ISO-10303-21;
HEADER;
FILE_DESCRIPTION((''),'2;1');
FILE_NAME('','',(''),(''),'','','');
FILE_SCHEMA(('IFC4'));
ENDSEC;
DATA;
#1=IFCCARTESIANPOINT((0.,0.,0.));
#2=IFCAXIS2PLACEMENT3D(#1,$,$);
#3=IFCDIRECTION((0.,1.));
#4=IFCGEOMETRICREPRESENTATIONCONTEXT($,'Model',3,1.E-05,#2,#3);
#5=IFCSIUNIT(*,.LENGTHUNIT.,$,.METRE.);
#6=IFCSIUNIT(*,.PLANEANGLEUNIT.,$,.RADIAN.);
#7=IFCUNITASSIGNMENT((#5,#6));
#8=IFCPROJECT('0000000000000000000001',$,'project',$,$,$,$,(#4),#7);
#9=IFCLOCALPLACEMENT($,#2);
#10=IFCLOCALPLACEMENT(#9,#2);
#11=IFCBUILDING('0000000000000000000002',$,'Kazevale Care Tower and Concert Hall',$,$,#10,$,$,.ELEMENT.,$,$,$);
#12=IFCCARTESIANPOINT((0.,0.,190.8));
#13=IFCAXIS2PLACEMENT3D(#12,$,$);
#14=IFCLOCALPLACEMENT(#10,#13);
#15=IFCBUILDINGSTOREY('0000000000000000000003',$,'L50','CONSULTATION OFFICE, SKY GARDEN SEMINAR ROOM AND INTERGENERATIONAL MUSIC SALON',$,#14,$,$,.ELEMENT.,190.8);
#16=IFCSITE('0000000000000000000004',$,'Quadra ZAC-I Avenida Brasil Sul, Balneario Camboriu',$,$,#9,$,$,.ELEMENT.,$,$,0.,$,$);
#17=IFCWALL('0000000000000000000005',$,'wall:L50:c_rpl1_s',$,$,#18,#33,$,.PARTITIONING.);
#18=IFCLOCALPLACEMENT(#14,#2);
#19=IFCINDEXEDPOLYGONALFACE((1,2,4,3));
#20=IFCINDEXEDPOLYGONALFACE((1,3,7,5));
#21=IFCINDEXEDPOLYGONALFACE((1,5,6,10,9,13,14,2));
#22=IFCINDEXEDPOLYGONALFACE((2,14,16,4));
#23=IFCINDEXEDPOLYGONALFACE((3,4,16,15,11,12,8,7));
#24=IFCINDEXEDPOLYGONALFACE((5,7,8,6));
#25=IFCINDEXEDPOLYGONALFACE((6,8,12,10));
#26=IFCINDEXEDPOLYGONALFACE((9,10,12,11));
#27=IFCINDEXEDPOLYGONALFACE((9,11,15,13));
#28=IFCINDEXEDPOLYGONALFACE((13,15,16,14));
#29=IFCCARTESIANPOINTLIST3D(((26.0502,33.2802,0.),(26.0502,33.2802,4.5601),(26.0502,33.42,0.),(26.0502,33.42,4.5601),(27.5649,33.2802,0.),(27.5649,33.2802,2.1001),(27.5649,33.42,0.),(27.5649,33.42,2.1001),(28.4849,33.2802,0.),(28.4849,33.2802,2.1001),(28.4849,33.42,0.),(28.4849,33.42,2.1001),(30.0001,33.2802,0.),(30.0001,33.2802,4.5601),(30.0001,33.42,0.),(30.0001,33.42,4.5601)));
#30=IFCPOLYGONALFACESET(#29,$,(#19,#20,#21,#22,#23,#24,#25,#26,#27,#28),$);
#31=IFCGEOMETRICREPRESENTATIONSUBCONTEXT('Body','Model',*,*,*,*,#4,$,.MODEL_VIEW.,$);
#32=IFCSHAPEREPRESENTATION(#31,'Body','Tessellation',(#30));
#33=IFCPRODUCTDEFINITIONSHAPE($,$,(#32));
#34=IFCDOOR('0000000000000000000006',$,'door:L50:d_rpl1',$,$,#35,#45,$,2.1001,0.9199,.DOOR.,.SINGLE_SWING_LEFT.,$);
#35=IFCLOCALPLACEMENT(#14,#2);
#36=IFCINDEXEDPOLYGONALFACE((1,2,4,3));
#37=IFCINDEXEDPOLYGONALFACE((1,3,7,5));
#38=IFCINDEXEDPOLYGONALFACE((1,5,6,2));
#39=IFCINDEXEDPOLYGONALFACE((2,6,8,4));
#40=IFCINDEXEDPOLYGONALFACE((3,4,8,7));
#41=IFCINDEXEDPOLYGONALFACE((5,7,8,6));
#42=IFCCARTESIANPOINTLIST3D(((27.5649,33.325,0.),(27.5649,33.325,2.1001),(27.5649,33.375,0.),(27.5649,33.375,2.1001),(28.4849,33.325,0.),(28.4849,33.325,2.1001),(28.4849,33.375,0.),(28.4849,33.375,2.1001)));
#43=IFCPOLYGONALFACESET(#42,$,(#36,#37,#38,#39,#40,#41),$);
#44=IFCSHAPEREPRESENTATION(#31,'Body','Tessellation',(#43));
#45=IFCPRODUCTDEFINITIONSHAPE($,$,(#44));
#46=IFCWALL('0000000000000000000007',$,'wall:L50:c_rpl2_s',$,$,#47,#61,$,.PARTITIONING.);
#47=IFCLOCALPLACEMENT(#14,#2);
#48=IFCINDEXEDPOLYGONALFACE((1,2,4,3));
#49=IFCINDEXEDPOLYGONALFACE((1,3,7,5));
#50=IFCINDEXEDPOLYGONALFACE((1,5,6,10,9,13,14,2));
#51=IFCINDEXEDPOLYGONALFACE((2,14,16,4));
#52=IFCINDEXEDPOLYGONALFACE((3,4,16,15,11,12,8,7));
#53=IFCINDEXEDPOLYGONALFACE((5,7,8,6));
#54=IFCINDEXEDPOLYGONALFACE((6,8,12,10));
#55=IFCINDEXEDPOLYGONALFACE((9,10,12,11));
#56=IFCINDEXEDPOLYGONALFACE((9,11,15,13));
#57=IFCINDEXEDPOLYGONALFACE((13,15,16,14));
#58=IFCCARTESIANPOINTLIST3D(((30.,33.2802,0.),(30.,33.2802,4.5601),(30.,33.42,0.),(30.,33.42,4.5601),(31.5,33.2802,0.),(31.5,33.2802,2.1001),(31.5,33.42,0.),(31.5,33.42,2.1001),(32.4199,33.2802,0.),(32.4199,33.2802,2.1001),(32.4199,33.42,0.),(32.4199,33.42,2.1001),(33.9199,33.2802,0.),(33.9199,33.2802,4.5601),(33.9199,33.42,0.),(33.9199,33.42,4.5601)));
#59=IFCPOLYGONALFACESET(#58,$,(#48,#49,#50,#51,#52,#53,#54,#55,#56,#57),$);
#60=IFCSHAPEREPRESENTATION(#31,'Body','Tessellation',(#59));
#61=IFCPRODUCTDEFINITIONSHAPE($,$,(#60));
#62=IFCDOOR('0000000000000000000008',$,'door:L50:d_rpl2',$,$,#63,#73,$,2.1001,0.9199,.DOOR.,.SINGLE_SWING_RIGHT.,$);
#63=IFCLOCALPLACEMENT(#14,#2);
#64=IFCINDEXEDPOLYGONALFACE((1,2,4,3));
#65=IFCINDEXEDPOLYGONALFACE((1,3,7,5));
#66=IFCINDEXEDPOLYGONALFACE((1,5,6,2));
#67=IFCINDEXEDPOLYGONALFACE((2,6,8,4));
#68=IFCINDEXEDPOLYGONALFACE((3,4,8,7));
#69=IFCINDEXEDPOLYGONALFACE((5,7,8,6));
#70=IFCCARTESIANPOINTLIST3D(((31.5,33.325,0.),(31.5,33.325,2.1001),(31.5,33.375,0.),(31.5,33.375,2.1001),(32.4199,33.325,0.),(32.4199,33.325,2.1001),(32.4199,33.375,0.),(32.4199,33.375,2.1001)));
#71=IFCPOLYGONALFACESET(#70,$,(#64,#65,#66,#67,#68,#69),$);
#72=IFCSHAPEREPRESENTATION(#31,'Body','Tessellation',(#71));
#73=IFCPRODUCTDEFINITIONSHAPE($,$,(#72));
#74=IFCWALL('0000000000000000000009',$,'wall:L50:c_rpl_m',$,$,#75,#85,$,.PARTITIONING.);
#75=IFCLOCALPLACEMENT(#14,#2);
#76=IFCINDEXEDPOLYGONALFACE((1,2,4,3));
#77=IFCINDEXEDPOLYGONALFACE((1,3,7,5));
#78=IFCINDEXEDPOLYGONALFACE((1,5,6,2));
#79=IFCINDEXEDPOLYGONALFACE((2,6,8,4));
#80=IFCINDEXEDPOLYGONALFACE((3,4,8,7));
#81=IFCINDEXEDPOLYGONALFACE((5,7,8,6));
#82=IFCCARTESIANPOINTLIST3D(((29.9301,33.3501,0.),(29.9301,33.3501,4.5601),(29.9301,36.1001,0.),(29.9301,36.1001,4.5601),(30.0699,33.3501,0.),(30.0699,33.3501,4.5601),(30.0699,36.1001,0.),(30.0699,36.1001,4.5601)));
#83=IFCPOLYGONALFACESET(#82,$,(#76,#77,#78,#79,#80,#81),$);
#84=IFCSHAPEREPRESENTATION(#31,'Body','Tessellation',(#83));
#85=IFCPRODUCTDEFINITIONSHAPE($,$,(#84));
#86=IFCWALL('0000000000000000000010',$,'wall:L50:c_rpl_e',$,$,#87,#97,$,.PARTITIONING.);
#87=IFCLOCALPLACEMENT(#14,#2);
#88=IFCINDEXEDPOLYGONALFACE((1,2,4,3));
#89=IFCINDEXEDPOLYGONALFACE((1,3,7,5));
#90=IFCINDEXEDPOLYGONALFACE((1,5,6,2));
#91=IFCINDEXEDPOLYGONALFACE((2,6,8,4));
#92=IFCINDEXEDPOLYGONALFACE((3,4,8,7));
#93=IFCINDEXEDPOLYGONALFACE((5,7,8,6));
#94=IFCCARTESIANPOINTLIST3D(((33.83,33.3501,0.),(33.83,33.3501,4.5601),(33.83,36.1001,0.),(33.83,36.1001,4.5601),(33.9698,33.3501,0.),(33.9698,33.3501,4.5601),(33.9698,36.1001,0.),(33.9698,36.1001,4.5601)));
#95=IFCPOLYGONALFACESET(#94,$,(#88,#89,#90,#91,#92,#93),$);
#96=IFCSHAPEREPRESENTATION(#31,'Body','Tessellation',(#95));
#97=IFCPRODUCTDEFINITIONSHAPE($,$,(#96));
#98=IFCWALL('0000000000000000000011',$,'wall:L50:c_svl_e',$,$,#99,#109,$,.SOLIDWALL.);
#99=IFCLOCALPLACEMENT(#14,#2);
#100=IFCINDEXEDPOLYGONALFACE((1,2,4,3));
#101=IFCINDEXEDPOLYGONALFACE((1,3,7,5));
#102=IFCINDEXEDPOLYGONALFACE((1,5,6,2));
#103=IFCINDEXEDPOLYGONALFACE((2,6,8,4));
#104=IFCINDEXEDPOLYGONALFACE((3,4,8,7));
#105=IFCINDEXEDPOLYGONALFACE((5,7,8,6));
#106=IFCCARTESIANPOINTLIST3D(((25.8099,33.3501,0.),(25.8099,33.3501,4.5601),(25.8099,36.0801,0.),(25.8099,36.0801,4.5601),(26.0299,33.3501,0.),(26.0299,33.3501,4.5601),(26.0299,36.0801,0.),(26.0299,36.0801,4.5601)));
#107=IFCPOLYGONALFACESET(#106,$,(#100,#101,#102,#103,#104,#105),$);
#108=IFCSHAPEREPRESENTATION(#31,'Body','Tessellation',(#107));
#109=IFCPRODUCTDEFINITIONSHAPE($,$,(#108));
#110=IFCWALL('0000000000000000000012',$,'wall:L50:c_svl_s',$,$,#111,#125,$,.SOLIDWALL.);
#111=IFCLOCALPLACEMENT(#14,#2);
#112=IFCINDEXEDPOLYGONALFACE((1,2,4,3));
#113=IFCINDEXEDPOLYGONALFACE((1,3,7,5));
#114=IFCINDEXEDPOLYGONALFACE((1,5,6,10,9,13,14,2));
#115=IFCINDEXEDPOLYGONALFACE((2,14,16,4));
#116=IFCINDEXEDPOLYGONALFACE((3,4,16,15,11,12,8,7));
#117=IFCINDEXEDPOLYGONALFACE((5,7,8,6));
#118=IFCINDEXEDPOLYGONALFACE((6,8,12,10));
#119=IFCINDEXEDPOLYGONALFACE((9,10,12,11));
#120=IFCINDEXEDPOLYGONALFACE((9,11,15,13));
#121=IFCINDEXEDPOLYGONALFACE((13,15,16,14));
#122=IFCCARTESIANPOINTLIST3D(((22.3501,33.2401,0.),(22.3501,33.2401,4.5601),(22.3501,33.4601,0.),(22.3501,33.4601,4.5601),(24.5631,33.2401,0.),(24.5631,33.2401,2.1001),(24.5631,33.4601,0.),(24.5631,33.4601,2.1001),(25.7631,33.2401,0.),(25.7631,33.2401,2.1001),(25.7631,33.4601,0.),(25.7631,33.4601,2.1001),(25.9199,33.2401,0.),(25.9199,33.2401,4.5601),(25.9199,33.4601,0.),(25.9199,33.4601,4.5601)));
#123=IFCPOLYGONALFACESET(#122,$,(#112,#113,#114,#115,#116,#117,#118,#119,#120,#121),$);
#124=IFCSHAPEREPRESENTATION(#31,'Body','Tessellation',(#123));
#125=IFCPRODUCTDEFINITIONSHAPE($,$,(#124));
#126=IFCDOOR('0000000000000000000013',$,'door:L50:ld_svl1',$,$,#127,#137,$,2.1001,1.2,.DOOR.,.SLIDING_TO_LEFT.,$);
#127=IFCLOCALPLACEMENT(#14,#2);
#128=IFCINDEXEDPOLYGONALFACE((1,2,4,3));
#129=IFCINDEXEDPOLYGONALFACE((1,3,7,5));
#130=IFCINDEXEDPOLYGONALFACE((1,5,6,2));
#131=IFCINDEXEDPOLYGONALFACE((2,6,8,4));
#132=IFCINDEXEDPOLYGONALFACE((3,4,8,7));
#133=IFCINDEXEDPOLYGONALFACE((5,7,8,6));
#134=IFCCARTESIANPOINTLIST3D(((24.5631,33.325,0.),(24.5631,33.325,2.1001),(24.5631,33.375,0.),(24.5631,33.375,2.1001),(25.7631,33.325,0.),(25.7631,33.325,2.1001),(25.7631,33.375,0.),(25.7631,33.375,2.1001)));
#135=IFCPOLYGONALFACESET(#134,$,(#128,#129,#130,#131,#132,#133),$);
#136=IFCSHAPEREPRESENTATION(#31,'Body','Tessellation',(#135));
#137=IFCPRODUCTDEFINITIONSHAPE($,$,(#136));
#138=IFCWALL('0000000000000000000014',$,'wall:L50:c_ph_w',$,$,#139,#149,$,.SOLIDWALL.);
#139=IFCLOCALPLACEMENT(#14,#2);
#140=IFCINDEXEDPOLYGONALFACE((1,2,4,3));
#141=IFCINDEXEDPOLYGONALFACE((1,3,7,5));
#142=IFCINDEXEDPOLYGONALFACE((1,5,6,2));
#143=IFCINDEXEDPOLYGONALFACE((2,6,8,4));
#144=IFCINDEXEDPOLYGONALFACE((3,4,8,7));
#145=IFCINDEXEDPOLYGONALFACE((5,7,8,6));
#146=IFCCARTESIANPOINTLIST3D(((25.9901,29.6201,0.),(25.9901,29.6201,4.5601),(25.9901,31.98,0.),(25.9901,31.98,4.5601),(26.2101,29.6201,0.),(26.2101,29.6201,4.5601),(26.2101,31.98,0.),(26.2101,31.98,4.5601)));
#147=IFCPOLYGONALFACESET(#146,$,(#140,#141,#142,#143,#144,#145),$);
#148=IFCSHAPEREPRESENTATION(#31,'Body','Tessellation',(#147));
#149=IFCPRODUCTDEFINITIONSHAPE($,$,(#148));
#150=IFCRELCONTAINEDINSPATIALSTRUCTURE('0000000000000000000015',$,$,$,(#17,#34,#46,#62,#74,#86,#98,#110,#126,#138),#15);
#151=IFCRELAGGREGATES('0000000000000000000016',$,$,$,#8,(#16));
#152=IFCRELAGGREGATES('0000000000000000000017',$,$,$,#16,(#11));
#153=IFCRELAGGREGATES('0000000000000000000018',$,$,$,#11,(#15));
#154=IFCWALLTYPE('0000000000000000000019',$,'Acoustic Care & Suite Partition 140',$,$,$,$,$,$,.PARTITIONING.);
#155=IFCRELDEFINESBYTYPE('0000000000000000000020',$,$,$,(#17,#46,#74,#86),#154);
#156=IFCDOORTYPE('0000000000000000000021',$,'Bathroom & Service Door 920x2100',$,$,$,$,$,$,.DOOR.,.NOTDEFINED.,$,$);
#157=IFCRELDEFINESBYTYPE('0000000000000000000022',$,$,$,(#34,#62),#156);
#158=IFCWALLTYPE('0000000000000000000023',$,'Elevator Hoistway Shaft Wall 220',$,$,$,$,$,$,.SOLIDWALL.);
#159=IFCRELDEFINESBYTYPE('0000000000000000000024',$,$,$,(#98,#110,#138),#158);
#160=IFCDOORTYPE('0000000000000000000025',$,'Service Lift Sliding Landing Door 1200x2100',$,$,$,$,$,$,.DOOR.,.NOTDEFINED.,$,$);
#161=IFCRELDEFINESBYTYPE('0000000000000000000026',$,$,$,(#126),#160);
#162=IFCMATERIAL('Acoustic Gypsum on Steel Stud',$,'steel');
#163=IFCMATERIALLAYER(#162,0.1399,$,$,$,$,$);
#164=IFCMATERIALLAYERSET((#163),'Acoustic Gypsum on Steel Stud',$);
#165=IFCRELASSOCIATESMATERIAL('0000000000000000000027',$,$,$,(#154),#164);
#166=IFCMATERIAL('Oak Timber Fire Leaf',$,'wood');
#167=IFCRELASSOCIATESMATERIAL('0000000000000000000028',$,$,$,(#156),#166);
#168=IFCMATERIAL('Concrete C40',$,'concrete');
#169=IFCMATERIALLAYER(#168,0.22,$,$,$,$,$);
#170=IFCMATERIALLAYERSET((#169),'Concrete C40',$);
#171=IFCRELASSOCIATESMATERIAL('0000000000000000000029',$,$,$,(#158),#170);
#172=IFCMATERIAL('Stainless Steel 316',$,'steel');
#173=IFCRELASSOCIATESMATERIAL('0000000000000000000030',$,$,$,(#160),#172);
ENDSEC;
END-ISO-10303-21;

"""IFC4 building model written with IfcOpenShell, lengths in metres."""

from ifc_helpers import new_model, si_unit, direction, frame, frame_2d, origin, place, context, subcontext, project, spatial, rectangle, extrude, material, layer, layer_set, type_object, element, fill, save


model = new_model("IFC4")

# Units and contexts
model_context = context("Model", 3, precision=1e-05, world=origin(), true_north=direction((0.0, 1.0)))
body_context = subcontext(model_context, "Body", "Model", "MODEL_VIEW")
ifc_project = project(units=[si_unit("LENGTHUNIT", "METRE"), si_unit("PLANEANGLEUNIT", "RADIAN")], contexts=[model_context])

# Site, building, storey
site_placement = place(None, origin())
site = spatial("IfcSite", under=ifc_project, at=site_placement, Name="Quadra ZAC-I Avenida Brasil Sul, Balneario Camboriu", CompositionType="ELEMENT", RefElevation=0.0)
building_placement = place(site_placement, origin())
building = spatial("IfcBuilding", under=site, at=building_placement, Name="Kazevale Care Tower and Concert Hall", CompositionType="ELEMENT")
storey_placement = place(building_placement, frame((0.0, 0.0, 190.8)))
storey = spatial("IfcBuildingStorey", under=building, at=storey_placement, Name="L50", Description="CONSULTATION OFFICE, SKY GARDEN SEMINAR ROOM AND INTERGENERATIONAL MUSIC SALON", CompositionType="ELEMENT", Elevation=190.8)

# Walls, openings, doors
ifc_material_1 = material(Name="Acoustic Gypsum on Steel Stud", Category="steel")
ifc_layer_1 = layer(ifc_material_1, 0.1399)
ifc_layer_set_1 = layer_set([ifc_layer_1], Name="Acoustic Gypsum on Steel Stud")
wall_type_1 = type_object("IfcWallType", Name="Acoustic Care & Suite Partition 140", PredefinedType="PARTITIONING", material=ifc_layer_set_1)
wall_1_placement = place(storey_placement, frame((26.05, 33.3501, 0.0), z_axis=(0.0, 0.0, 1.0), x_axis=(1.0, 0.0, 0.0)))
wall_1 = element("IfcWall", 1, at=wall_1_placement, inside=storey, type_object=wall_type_1, Name="wall:L50:c_rpl1_s", PredefinedType="PARTITIONING", context=body_context, shape_type="SweptSolid", body=[
    extrude(rectangle(XDim=3.95, YDim=0.1399, at=frame_2d((1.9751, 0.0))), origin(), (0.0, 0.0, 1.0), 4.5601),
])
opening_1_placement = place(wall_1_placement, frame((1.5149, 0.0, 0.0)))
opening_1 = element("IfcOpeningElement", 2, at=opening_1_placement, cuts=wall_1, PredefinedType="OPENING", context=body_context, shape_type="SweptSolid", body=[
    extrude(rectangle(XDim=0.9199, YDim=2.1001, at=frame_2d((0.46, 1.05))), frame((0.0, 0.0798, 0.0), z_axis=(0.0, -1.0, 0.0), x_axis=(1.0, 0.0, 0.0)), (0.0, 0.0, 1.0), 0.1599),
])
ifc_material_2 = material(Name="Oak Timber Fire Leaf", Category="wood")
door_type_1 = type_object("IfcDoorType", Name="Bathroom & Service Door 920x2100", OperationType="NOTDEFINED", PredefinedType="DOOR", material=ifc_material_2)
door_1_placement = place(opening_1_placement, origin())
door_1 = element("IfcDoor", 3, at=door_1_placement, inside=storey, type_object=door_type_1, Name="door:L50:d_rpl1", OperationType="SINGLE_SWING_LEFT", OverallHeight=2.1001, OverallWidth=0.9199, PredefinedType="DOOR", context=body_context, shape_type="SweptSolid", body=[
    extrude(rectangle(XDim=0.9199, YDim=2.1001, at=frame_2d((0.46, 1.05))), frame((0.0, 0.0249, 0.0), z_axis=(0.0, -1.0, 0.0), x_axis=(1.0, 0.0, 0.0)), (0.0, 0.0, 1.0), 0.05),
])
fill(opening_1, door_1)
wall_2_placement = place(storey_placement, frame((30.0, 33.3501, 0.0), z_axis=(0.0, 0.0, 1.0), x_axis=(1.0, 0.0, 0.0)))
wall_2 = element("IfcWall", 4, at=wall_2_placement, inside=storey, type_object=wall_type_1, Name="wall:L50:c_rpl2_s", PredefinedType="PARTITIONING", context=body_context, shape_type="SweptSolid", body=[
    extrude(rectangle(XDim=3.9199, YDim=0.1399, at=frame_2d((1.96, 0.0))), origin(), (0.0, 0.0, 1.0), 4.5601),
])
opening_2_placement = place(wall_2_placement, frame((1.5, 0.0, 0.0)))
opening_2 = element("IfcOpeningElement", 5, at=opening_2_placement, cuts=wall_2, PredefinedType="OPENING", context=body_context, shape_type="SweptSolid", body=[
    extrude(rectangle(XDim=0.9199, YDim=2.1001, at=frame_2d((0.46, 1.05))), frame((0.0, 0.0798, 0.0), z_axis=(0.0, -1.0, 0.0), x_axis=(1.0, 0.0, 0.0)), (0.0, 0.0, 1.0), 0.1599),
])
door_2_placement = place(opening_2_placement, origin())
door_2 = element("IfcDoor", 6, at=door_2_placement, inside=storey, type_object=door_type_1, Name="door:L50:d_rpl2", OperationType="SINGLE_SWING_RIGHT", OverallHeight=2.1001, OverallWidth=0.9199, PredefinedType="DOOR", context=body_context, shape_type="SweptSolid", body=[
    extrude(rectangle(XDim=0.9199, YDim=2.1001, at=frame_2d((0.46, 1.05))), frame((0.0, 0.0249, 0.0), z_axis=(0.0, -1.0, 0.0), x_axis=(1.0, 0.0, 0.0)), (0.0, 0.0, 1.0), 0.05),
])
fill(opening_2, door_2)

# Walls
for number, where, z_axis, x_axis, name in (
    (7, (30.0, 33.3501, 0.0), (0.0, 0.0, 1.0), (0.0, 1.0, 0.0), "wall:L50:c_rpl_m"),
    (8, (33.8999, 33.3501, 0.0), (0.0, 0.0, 1.0), (0.0, 1.0, 0.0), "wall:L50:c_rpl_e"),
):
    element("IfcWall", number, at=place(storey_placement, frame(where, z_axis=z_axis, x_axis=x_axis)), inside=storey, type_object=wall_type_1, Name=name, PredefinedType="PARTITIONING", context=body_context, shape_type="SweptSolid", body=[
        extrude(rectangle(XDim=2.75, YDim=0.1399, at=frame_2d((1.375, 0.0))), origin(), (0.0, 0.0, 1.0), 4.5601),
    ])
ifc_material_3 = material(Name="Concrete C40", Category="concrete")
ifc_layer_2 = layer(ifc_material_3, 0.22)
ifc_layer_set_2 = layer_set([ifc_layer_2], Name="Concrete C40")
wall_type_2 = type_object("IfcWallType", Name="Elevator Hoistway Shaft Wall 220", PredefinedType="SOLIDWALL", material=ifc_layer_set_2)
wall_3_placement = place(storey_placement, frame((25.9199, 33.3501, 0.0), z_axis=(0.0, 0.0, 1.0), x_axis=(0.0, 1.0, 0.0)))
element("IfcWall", 9, at=wall_3_placement, inside=storey, type_object=wall_type_2, Name="wall:L50:c_svl_e", PredefinedType="SOLIDWALL", context=body_context, shape_type="SweptSolid", body=[
    extrude(rectangle(XDim=2.73, YDim=0.22, at=frame_2d((1.365, 0.0))), origin(), (0.0, 0.0, 1.0), 4.5601),
])

# Wall, opening, door
wall_4_placement = place(storey_placement, frame((22.3501, 33.3501, 0.0), z_axis=(0.0, 0.0, 1.0), x_axis=(1.0, 0.0, 0.0)))
wall_4 = element("IfcWall", 10, at=wall_4_placement, inside=storey, type_object=wall_type_2, Name="wall:L50:c_svl_s", PredefinedType="SOLIDWALL", context=body_context, shape_type="SweptSolid", body=[
    extrude(rectangle(XDim=3.5698, YDim=0.22, at=frame_2d((1.7849, 0.0))), origin(), (0.0, 0.0, 1.0), 4.5601),
])
opening_3_placement = place(wall_4_placement, frame((2.2129, 0.0, 0.0)))
opening_3 = element("IfcOpeningElement", 11, at=opening_3_placement, cuts=wall_4, PredefinedType="OPENING", context=body_context, shape_type="SweptSolid", body=[
    extrude(rectangle(XDim=1.2, YDim=2.1001, at=frame_2d((0.6001, 1.05))), frame((0.0, 0.1199, 0.0), z_axis=(0.0, -1.0, 0.0), x_axis=(1.0, 0.0, 0.0)), (0.0, 0.0, 1.0), 0.24),
])
ifc_material_4 = material(Name="Stainless Steel 316", Category="steel")
door_type_2 = type_object("IfcDoorType", Name="Service Lift Sliding Landing Door 1200x2100", OperationType="NOTDEFINED", PredefinedType="DOOR", material=ifc_material_4)
door_3_placement = place(opening_3_placement, origin())
door_3 = element("IfcDoor", 12, at=door_3_placement, inside=storey, type_object=door_type_2, Name="door:L50:ld_svl1", OperationType="SLIDING_TO_LEFT", OverallHeight=2.1001, OverallWidth=1.2, PredefinedType="DOOR", context=body_context, shape_type="SweptSolid", body=[
    extrude(rectangle(XDim=1.2, YDim=2.1001, at=frame_2d((0.6001, 1.05))), frame((0.0, 0.0249, 0.0), z_axis=(0.0, -1.0, 0.0), x_axis=(1.0, 0.0, 0.0)), (0.0, 0.0, 1.0), 0.05),
])
fill(opening_3, door_3)

# Wall
wall_5_placement = place(storey_placement, frame((26.1001, 29.6201, 0.0), z_axis=(0.0, 0.0, 1.0), x_axis=(0.0, 1.0, 0.0)))
element("IfcWall", 13, at=wall_5_placement, inside=storey, type_object=wall_type_2, Name="wall:L50:c_ph_w", PredefinedType="SOLIDWALL", context=body_context, shape_type="SweptSolid", body=[
    extrude(rectangle(XDim=2.3599, YDim=0.22, at=frame_2d((1.1799, 0.0))), origin(), (0.0, 0.0, 1.0), 4.5601),
])

save(model, "model.ifc")
